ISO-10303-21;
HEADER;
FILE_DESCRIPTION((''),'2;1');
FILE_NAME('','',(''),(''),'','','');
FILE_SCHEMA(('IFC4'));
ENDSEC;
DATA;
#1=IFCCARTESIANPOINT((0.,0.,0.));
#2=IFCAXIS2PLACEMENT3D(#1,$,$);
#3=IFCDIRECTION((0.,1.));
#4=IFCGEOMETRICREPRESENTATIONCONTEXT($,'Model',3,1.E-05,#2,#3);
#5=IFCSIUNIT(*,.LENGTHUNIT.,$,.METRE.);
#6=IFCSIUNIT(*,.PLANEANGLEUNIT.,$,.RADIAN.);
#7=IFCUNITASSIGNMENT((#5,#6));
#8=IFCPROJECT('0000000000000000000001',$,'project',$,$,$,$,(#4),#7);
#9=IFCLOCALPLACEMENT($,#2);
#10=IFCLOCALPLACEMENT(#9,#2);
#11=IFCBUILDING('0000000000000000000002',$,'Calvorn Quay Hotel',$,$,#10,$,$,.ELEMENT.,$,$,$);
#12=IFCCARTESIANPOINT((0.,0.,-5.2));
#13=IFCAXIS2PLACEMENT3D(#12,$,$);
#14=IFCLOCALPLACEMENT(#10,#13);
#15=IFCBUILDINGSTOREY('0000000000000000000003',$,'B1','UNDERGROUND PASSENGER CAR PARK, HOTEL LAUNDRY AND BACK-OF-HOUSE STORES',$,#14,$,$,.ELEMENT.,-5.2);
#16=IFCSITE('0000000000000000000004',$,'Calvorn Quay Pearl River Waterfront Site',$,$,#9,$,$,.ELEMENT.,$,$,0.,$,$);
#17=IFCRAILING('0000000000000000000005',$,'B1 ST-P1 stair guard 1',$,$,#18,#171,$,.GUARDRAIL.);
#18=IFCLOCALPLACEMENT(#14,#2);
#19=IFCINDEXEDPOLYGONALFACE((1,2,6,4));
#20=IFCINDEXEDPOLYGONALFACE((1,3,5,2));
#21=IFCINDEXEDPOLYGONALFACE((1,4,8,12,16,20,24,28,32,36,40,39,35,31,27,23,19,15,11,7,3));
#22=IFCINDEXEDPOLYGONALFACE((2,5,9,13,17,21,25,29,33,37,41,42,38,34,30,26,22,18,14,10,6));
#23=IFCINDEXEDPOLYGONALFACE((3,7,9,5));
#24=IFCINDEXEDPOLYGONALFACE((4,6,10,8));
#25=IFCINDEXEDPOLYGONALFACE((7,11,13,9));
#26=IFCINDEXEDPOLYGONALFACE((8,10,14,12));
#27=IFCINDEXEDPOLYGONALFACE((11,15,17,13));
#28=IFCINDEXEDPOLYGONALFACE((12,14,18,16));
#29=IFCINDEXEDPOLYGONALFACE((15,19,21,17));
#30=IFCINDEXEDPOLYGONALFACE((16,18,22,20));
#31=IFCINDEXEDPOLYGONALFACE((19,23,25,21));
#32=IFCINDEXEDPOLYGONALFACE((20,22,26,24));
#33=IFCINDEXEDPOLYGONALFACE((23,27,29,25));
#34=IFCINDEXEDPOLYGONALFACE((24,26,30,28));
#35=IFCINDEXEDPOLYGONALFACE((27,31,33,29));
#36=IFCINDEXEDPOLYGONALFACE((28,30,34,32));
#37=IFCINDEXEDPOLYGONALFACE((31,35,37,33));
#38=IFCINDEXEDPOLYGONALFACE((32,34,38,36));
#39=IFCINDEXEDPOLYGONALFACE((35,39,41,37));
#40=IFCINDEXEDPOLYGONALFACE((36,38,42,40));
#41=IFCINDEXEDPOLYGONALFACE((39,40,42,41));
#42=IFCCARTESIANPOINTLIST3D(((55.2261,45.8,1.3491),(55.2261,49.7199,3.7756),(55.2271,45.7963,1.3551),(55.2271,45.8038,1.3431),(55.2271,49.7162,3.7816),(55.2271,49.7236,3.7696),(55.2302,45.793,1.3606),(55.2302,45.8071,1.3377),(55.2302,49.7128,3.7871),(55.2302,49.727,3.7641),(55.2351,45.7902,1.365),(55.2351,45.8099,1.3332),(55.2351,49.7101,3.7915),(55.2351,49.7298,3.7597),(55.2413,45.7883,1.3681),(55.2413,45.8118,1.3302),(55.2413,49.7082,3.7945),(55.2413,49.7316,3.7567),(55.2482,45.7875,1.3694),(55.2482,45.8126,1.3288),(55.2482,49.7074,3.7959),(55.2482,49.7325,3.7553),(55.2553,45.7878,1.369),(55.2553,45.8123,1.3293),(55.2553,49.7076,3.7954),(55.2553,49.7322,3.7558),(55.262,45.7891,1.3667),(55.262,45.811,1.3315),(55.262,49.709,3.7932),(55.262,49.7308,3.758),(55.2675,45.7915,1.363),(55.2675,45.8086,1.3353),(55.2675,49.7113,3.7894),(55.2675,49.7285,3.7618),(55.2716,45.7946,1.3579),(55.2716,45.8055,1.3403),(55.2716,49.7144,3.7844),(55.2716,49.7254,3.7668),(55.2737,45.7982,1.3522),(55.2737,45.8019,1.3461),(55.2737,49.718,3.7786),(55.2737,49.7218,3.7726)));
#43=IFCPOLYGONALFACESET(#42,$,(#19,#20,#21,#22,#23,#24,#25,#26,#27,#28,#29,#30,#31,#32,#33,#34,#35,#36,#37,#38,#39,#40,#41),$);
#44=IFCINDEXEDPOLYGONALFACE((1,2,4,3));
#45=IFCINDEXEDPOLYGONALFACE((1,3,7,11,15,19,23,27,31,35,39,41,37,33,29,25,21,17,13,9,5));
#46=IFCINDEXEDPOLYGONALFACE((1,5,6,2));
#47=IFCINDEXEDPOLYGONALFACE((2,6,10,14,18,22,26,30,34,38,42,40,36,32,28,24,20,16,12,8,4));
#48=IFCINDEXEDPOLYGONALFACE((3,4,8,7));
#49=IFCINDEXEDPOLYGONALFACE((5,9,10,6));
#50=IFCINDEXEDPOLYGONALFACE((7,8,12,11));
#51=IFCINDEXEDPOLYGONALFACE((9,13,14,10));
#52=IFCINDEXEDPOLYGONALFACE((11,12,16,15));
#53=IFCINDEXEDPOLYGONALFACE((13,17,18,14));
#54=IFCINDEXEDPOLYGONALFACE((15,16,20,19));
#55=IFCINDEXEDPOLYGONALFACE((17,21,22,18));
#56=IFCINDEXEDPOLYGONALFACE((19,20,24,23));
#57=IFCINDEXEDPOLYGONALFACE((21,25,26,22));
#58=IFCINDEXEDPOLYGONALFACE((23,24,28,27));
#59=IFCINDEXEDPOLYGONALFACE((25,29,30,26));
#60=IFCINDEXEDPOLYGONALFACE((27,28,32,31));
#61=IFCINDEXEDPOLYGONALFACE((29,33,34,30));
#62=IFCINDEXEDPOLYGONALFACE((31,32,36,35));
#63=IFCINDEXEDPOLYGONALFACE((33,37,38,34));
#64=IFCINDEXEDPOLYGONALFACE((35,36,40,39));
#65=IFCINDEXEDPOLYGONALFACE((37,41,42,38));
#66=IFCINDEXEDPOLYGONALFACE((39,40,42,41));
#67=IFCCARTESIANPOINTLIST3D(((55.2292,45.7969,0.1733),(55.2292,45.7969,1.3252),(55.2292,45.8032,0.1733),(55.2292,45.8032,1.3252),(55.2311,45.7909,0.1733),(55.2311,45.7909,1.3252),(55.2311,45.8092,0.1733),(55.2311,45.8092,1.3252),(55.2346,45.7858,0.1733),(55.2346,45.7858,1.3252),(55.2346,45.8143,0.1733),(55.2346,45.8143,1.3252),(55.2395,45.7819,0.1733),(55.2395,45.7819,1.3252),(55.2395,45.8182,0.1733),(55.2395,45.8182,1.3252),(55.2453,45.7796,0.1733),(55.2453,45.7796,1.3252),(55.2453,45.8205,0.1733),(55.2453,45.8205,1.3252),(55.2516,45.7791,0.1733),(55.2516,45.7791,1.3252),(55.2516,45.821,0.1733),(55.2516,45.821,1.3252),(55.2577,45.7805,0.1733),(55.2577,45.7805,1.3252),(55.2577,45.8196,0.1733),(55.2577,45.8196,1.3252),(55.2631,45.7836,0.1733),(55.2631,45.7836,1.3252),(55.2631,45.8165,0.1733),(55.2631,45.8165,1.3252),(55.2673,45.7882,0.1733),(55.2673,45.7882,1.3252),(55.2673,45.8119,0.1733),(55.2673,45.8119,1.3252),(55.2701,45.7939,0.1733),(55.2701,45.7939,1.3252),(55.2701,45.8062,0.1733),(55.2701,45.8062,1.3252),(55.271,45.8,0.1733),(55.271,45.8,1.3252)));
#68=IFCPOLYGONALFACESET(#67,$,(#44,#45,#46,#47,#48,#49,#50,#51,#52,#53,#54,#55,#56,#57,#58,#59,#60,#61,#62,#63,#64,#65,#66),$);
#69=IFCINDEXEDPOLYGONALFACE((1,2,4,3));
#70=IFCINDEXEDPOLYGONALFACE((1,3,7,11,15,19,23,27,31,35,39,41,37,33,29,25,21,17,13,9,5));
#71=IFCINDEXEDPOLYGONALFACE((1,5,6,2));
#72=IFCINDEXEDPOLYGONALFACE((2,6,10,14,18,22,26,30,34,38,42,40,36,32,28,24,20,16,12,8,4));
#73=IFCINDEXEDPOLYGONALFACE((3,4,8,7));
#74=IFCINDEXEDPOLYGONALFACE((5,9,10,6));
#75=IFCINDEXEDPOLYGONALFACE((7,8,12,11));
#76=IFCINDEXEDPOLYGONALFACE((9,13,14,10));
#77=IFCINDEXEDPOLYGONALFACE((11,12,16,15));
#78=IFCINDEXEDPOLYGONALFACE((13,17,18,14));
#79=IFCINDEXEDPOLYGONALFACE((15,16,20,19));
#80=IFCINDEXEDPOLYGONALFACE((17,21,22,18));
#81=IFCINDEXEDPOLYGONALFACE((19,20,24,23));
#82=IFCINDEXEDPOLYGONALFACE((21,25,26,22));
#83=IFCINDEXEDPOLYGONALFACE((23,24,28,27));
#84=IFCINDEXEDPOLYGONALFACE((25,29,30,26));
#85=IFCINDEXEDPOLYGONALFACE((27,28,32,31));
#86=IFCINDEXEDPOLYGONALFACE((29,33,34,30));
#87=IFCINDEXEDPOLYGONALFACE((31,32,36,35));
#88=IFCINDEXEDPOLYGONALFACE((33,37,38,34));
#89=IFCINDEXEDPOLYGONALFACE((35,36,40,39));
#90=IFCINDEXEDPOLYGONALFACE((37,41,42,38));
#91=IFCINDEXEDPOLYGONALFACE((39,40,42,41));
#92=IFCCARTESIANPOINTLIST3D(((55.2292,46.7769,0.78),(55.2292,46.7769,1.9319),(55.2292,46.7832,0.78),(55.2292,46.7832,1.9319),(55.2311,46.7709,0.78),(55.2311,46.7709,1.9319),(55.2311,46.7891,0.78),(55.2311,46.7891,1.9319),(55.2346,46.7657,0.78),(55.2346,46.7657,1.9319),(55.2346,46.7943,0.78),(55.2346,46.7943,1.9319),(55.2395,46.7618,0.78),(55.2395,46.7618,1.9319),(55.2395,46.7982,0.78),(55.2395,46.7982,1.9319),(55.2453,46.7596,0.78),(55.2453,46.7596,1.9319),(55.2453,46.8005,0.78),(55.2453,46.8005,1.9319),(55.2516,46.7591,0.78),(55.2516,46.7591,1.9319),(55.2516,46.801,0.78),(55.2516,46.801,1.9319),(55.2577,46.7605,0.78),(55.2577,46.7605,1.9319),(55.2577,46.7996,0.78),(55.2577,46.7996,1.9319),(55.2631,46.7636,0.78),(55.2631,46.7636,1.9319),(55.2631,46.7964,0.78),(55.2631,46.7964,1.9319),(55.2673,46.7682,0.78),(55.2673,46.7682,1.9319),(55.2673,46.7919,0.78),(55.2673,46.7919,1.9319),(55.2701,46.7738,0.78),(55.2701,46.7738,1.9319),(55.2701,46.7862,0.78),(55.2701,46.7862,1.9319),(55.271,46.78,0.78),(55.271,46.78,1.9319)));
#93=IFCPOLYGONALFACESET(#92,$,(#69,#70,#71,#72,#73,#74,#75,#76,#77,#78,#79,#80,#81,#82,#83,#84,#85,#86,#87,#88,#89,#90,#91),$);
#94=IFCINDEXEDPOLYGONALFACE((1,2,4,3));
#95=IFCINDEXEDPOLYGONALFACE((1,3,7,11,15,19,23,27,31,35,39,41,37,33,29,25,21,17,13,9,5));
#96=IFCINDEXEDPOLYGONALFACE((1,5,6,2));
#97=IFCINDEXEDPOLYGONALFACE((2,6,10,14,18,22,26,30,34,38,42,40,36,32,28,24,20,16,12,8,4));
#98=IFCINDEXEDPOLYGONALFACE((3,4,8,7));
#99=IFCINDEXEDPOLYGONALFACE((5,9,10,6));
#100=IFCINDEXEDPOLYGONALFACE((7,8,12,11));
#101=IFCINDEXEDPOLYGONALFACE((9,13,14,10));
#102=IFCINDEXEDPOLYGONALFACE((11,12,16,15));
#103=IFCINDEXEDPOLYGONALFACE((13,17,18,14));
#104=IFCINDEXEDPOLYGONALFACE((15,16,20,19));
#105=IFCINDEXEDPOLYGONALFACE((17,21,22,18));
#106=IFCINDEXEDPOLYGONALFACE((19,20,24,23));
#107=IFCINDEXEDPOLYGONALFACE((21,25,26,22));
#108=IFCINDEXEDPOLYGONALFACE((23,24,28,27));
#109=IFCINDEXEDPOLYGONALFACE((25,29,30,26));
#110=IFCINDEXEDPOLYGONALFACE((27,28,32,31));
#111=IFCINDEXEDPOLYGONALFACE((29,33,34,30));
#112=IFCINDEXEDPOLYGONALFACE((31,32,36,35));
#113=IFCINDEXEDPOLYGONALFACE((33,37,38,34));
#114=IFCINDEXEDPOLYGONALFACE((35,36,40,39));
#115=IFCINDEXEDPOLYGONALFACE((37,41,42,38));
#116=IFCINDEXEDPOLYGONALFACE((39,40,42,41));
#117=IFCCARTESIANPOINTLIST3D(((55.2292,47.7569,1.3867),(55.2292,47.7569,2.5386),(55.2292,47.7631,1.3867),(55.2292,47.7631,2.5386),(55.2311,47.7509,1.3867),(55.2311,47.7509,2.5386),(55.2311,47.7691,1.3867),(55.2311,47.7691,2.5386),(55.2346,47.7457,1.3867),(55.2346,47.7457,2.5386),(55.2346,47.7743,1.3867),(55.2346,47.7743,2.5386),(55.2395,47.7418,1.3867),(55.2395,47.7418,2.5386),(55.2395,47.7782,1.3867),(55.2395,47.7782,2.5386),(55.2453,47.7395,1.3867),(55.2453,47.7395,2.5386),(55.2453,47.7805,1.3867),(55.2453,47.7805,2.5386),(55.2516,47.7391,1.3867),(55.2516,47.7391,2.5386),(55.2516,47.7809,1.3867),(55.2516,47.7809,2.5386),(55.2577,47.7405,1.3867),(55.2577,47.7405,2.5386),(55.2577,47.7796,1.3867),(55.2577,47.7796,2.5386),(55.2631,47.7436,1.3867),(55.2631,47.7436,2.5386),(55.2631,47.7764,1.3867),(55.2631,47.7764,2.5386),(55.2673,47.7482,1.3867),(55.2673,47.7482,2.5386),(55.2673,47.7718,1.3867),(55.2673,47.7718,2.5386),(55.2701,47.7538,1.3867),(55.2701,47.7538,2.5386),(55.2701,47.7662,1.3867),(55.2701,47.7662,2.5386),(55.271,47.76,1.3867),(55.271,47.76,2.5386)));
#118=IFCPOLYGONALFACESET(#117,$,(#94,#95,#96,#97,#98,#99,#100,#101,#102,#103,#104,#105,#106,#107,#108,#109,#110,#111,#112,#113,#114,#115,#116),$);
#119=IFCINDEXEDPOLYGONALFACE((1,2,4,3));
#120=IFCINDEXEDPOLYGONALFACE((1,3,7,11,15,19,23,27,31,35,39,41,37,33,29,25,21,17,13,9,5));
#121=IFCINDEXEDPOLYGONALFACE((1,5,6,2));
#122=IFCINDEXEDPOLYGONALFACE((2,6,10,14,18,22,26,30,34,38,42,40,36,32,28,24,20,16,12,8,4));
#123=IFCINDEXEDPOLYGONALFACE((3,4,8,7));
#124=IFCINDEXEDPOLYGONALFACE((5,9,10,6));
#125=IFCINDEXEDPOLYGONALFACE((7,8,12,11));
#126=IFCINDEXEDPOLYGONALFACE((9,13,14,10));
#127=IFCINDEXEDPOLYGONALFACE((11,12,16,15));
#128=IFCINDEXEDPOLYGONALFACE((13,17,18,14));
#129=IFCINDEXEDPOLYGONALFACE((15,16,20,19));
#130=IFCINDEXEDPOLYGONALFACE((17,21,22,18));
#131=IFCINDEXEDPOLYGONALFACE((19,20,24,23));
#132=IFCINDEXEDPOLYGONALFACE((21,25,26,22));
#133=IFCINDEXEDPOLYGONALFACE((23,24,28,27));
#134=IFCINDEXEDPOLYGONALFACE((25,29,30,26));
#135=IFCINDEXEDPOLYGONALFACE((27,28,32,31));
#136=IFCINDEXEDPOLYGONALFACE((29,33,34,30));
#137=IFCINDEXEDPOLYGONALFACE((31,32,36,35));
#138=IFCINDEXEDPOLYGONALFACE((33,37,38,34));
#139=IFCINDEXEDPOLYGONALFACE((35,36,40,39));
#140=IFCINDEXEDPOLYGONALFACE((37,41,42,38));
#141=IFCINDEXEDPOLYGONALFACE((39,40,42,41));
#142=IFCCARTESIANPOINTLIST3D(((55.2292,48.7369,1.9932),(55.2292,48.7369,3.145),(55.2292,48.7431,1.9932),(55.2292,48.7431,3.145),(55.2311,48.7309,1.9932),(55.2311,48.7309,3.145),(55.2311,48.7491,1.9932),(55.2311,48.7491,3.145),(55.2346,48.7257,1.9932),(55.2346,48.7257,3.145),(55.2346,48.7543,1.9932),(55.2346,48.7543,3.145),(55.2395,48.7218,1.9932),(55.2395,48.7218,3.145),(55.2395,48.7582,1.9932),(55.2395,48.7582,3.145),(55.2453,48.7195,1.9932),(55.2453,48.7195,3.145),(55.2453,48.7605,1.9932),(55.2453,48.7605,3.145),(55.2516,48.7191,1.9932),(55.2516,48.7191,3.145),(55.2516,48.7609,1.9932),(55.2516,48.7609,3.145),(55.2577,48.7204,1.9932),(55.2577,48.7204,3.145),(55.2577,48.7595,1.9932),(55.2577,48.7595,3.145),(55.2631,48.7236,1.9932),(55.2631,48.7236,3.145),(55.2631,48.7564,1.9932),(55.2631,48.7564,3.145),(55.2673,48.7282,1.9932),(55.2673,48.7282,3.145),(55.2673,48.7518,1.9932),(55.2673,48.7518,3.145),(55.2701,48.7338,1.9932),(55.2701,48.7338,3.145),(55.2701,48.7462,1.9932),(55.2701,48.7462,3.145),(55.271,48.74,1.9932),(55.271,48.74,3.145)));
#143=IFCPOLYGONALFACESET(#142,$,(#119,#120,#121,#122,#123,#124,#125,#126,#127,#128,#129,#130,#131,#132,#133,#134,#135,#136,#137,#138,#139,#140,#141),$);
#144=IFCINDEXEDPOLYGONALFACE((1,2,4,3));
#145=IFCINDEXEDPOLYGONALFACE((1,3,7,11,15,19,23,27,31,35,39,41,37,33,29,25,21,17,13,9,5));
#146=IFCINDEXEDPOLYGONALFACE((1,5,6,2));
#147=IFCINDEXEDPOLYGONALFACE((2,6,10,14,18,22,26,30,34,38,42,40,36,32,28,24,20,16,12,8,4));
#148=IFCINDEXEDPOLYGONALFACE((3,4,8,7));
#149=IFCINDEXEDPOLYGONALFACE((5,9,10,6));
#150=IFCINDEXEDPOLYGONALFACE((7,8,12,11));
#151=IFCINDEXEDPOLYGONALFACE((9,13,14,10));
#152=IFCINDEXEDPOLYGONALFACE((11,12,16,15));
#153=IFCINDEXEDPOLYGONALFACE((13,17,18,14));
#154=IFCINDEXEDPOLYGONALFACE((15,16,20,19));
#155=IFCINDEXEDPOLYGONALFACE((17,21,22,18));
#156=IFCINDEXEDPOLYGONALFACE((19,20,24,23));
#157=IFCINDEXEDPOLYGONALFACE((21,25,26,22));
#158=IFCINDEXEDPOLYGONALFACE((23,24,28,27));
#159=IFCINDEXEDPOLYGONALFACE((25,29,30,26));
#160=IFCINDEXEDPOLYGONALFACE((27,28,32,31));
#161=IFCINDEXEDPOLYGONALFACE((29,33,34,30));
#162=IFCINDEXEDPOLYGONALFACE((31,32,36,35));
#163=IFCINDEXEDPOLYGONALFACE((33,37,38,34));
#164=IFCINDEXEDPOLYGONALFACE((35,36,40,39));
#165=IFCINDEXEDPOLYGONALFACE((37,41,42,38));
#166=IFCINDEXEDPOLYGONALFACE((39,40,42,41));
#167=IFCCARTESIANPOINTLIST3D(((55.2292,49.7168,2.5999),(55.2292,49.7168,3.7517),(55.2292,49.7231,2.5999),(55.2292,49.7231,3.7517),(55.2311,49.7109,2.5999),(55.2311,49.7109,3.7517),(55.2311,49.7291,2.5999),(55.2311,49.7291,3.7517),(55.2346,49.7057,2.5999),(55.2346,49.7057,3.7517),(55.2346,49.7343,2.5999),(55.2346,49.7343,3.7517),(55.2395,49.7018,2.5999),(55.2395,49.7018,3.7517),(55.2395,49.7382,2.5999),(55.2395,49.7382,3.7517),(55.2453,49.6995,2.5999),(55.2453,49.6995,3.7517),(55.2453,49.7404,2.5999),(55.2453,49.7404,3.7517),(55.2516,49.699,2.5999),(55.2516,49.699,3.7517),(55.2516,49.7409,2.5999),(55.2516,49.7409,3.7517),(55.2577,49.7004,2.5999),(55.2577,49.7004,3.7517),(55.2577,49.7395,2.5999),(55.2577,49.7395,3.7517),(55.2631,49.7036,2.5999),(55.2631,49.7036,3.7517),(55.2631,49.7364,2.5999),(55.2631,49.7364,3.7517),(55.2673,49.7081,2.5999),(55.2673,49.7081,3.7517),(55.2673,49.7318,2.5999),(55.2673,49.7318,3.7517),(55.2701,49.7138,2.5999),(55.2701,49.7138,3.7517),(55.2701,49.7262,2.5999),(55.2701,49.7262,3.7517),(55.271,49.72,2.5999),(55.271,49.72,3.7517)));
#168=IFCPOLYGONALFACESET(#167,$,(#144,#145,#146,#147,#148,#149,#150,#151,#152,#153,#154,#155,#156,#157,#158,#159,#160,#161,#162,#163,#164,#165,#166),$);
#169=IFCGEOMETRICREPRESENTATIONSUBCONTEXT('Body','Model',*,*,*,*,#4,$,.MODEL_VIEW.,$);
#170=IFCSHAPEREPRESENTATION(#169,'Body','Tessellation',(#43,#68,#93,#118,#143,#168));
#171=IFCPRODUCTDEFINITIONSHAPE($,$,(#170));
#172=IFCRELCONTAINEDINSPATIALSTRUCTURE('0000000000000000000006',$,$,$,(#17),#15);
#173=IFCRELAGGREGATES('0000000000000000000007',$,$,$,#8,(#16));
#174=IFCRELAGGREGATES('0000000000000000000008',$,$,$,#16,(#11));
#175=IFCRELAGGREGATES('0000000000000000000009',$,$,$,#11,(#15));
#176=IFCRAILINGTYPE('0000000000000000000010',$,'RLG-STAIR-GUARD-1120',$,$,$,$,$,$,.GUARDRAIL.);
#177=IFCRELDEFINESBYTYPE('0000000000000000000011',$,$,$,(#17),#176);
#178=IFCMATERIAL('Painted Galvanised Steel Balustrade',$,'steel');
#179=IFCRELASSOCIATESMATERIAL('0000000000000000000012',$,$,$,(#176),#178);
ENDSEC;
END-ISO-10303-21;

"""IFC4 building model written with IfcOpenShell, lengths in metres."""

from ifc_helpers import new_model, si_unit, direction, frame, origin, origin_2d, place, context, subcontext, project, spatial, circle, extrude, material, type_object, element, save


model = new_model("IFC4")

# Units and contexts
model_context = context("Model", 3, precision=1e-05, world=origin(), true_north=direction((0.0, 1.0)))
body_context = subcontext(model_context, "Body", "Model", "MODEL_VIEW")
ifc_project = project(units=[si_unit("LENGTHUNIT", "METRE"), si_unit("PLANEANGLEUNIT", "RADIAN")], contexts=[model_context])

# Site, building, storey
site_placement = place(None, origin())
site = spatial("IfcSite", under=ifc_project, at=site_placement, Name="Calvorn Quay Pearl River Waterfront Site", CompositionType="ELEMENT", RefElevation=0.0)
building_placement = place(site_placement, origin())
building = spatial("IfcBuilding", under=site, at=building_placement, Name="Calvorn Quay Hotel", CompositionType="ELEMENT")
storey_placement = place(building_placement, frame((0.0, 0.0, -5.2)))
storey = spatial("IfcBuildingStorey", under=building, at=storey_placement, Name="B1", Description="UNDERGROUND PASSENGER CAR PARK, HOTEL LAUNDRY AND BACK-OF-HOUSE STORES", CompositionType="ELEMENT", Elevation=-5.2)

# Railing
ifc_material_1 = material(Name="Painted Galvanised Steel Balustrade", Category="steel")
railing_type_1 = type_object("IfcRailingType", Name="RLG-STAIR-GUARD-1120", PredefinedType="GUARDRAIL", material=ifc_material_1)
railing_1_placement = place(storey_placement, frame((55.25, 45.8, 0.1733)))
element("IfcRailing", 1, at=railing_1_placement, inside=storey, type_object=railing_type_1, Name="B1 ST-P1 stair guard 1", PredefinedType="GUARDRAIL", context=body_context, shape_type="SweptSolid", body=[
    extrude(circle(Radius=0.0239, at=origin_2d()), frame((0.0, 0.0, 1.1758), z_axis=(0.0, 0.850275, 0.526338), x_axis=(-1.0, 0.0, 0.0)), (0.0, 0.0, 1.0), 4.6101),
    extrude(circle(Radius=0.021, at=origin_2d()), origin(), (0.0, 0.0, 1.0), 1.1519),
    extrude(circle(Radius=0.021, at=origin_2d()), frame((0.0, 0.98, 0.6067)), (0.0, 0.0, 1.0), 1.1519),
    extrude(circle(Radius=0.021, at=origin_2d()), frame((0.0, 1.96, 1.2134)), (0.0, 0.0, 1.0), 1.1519),
    extrude(circle(Radius=0.021, at=origin_2d()), frame((0.0, 2.9399, 1.8198)), (0.0, 0.0, 1.0), 1.1519),
    extrude(circle(Radius=0.021, at=origin_2d()), frame((0.0, 3.9199, 2.4265)), (0.0, 0.0, 1.0), 1.1519),
])

save(model, "model.ifc")
